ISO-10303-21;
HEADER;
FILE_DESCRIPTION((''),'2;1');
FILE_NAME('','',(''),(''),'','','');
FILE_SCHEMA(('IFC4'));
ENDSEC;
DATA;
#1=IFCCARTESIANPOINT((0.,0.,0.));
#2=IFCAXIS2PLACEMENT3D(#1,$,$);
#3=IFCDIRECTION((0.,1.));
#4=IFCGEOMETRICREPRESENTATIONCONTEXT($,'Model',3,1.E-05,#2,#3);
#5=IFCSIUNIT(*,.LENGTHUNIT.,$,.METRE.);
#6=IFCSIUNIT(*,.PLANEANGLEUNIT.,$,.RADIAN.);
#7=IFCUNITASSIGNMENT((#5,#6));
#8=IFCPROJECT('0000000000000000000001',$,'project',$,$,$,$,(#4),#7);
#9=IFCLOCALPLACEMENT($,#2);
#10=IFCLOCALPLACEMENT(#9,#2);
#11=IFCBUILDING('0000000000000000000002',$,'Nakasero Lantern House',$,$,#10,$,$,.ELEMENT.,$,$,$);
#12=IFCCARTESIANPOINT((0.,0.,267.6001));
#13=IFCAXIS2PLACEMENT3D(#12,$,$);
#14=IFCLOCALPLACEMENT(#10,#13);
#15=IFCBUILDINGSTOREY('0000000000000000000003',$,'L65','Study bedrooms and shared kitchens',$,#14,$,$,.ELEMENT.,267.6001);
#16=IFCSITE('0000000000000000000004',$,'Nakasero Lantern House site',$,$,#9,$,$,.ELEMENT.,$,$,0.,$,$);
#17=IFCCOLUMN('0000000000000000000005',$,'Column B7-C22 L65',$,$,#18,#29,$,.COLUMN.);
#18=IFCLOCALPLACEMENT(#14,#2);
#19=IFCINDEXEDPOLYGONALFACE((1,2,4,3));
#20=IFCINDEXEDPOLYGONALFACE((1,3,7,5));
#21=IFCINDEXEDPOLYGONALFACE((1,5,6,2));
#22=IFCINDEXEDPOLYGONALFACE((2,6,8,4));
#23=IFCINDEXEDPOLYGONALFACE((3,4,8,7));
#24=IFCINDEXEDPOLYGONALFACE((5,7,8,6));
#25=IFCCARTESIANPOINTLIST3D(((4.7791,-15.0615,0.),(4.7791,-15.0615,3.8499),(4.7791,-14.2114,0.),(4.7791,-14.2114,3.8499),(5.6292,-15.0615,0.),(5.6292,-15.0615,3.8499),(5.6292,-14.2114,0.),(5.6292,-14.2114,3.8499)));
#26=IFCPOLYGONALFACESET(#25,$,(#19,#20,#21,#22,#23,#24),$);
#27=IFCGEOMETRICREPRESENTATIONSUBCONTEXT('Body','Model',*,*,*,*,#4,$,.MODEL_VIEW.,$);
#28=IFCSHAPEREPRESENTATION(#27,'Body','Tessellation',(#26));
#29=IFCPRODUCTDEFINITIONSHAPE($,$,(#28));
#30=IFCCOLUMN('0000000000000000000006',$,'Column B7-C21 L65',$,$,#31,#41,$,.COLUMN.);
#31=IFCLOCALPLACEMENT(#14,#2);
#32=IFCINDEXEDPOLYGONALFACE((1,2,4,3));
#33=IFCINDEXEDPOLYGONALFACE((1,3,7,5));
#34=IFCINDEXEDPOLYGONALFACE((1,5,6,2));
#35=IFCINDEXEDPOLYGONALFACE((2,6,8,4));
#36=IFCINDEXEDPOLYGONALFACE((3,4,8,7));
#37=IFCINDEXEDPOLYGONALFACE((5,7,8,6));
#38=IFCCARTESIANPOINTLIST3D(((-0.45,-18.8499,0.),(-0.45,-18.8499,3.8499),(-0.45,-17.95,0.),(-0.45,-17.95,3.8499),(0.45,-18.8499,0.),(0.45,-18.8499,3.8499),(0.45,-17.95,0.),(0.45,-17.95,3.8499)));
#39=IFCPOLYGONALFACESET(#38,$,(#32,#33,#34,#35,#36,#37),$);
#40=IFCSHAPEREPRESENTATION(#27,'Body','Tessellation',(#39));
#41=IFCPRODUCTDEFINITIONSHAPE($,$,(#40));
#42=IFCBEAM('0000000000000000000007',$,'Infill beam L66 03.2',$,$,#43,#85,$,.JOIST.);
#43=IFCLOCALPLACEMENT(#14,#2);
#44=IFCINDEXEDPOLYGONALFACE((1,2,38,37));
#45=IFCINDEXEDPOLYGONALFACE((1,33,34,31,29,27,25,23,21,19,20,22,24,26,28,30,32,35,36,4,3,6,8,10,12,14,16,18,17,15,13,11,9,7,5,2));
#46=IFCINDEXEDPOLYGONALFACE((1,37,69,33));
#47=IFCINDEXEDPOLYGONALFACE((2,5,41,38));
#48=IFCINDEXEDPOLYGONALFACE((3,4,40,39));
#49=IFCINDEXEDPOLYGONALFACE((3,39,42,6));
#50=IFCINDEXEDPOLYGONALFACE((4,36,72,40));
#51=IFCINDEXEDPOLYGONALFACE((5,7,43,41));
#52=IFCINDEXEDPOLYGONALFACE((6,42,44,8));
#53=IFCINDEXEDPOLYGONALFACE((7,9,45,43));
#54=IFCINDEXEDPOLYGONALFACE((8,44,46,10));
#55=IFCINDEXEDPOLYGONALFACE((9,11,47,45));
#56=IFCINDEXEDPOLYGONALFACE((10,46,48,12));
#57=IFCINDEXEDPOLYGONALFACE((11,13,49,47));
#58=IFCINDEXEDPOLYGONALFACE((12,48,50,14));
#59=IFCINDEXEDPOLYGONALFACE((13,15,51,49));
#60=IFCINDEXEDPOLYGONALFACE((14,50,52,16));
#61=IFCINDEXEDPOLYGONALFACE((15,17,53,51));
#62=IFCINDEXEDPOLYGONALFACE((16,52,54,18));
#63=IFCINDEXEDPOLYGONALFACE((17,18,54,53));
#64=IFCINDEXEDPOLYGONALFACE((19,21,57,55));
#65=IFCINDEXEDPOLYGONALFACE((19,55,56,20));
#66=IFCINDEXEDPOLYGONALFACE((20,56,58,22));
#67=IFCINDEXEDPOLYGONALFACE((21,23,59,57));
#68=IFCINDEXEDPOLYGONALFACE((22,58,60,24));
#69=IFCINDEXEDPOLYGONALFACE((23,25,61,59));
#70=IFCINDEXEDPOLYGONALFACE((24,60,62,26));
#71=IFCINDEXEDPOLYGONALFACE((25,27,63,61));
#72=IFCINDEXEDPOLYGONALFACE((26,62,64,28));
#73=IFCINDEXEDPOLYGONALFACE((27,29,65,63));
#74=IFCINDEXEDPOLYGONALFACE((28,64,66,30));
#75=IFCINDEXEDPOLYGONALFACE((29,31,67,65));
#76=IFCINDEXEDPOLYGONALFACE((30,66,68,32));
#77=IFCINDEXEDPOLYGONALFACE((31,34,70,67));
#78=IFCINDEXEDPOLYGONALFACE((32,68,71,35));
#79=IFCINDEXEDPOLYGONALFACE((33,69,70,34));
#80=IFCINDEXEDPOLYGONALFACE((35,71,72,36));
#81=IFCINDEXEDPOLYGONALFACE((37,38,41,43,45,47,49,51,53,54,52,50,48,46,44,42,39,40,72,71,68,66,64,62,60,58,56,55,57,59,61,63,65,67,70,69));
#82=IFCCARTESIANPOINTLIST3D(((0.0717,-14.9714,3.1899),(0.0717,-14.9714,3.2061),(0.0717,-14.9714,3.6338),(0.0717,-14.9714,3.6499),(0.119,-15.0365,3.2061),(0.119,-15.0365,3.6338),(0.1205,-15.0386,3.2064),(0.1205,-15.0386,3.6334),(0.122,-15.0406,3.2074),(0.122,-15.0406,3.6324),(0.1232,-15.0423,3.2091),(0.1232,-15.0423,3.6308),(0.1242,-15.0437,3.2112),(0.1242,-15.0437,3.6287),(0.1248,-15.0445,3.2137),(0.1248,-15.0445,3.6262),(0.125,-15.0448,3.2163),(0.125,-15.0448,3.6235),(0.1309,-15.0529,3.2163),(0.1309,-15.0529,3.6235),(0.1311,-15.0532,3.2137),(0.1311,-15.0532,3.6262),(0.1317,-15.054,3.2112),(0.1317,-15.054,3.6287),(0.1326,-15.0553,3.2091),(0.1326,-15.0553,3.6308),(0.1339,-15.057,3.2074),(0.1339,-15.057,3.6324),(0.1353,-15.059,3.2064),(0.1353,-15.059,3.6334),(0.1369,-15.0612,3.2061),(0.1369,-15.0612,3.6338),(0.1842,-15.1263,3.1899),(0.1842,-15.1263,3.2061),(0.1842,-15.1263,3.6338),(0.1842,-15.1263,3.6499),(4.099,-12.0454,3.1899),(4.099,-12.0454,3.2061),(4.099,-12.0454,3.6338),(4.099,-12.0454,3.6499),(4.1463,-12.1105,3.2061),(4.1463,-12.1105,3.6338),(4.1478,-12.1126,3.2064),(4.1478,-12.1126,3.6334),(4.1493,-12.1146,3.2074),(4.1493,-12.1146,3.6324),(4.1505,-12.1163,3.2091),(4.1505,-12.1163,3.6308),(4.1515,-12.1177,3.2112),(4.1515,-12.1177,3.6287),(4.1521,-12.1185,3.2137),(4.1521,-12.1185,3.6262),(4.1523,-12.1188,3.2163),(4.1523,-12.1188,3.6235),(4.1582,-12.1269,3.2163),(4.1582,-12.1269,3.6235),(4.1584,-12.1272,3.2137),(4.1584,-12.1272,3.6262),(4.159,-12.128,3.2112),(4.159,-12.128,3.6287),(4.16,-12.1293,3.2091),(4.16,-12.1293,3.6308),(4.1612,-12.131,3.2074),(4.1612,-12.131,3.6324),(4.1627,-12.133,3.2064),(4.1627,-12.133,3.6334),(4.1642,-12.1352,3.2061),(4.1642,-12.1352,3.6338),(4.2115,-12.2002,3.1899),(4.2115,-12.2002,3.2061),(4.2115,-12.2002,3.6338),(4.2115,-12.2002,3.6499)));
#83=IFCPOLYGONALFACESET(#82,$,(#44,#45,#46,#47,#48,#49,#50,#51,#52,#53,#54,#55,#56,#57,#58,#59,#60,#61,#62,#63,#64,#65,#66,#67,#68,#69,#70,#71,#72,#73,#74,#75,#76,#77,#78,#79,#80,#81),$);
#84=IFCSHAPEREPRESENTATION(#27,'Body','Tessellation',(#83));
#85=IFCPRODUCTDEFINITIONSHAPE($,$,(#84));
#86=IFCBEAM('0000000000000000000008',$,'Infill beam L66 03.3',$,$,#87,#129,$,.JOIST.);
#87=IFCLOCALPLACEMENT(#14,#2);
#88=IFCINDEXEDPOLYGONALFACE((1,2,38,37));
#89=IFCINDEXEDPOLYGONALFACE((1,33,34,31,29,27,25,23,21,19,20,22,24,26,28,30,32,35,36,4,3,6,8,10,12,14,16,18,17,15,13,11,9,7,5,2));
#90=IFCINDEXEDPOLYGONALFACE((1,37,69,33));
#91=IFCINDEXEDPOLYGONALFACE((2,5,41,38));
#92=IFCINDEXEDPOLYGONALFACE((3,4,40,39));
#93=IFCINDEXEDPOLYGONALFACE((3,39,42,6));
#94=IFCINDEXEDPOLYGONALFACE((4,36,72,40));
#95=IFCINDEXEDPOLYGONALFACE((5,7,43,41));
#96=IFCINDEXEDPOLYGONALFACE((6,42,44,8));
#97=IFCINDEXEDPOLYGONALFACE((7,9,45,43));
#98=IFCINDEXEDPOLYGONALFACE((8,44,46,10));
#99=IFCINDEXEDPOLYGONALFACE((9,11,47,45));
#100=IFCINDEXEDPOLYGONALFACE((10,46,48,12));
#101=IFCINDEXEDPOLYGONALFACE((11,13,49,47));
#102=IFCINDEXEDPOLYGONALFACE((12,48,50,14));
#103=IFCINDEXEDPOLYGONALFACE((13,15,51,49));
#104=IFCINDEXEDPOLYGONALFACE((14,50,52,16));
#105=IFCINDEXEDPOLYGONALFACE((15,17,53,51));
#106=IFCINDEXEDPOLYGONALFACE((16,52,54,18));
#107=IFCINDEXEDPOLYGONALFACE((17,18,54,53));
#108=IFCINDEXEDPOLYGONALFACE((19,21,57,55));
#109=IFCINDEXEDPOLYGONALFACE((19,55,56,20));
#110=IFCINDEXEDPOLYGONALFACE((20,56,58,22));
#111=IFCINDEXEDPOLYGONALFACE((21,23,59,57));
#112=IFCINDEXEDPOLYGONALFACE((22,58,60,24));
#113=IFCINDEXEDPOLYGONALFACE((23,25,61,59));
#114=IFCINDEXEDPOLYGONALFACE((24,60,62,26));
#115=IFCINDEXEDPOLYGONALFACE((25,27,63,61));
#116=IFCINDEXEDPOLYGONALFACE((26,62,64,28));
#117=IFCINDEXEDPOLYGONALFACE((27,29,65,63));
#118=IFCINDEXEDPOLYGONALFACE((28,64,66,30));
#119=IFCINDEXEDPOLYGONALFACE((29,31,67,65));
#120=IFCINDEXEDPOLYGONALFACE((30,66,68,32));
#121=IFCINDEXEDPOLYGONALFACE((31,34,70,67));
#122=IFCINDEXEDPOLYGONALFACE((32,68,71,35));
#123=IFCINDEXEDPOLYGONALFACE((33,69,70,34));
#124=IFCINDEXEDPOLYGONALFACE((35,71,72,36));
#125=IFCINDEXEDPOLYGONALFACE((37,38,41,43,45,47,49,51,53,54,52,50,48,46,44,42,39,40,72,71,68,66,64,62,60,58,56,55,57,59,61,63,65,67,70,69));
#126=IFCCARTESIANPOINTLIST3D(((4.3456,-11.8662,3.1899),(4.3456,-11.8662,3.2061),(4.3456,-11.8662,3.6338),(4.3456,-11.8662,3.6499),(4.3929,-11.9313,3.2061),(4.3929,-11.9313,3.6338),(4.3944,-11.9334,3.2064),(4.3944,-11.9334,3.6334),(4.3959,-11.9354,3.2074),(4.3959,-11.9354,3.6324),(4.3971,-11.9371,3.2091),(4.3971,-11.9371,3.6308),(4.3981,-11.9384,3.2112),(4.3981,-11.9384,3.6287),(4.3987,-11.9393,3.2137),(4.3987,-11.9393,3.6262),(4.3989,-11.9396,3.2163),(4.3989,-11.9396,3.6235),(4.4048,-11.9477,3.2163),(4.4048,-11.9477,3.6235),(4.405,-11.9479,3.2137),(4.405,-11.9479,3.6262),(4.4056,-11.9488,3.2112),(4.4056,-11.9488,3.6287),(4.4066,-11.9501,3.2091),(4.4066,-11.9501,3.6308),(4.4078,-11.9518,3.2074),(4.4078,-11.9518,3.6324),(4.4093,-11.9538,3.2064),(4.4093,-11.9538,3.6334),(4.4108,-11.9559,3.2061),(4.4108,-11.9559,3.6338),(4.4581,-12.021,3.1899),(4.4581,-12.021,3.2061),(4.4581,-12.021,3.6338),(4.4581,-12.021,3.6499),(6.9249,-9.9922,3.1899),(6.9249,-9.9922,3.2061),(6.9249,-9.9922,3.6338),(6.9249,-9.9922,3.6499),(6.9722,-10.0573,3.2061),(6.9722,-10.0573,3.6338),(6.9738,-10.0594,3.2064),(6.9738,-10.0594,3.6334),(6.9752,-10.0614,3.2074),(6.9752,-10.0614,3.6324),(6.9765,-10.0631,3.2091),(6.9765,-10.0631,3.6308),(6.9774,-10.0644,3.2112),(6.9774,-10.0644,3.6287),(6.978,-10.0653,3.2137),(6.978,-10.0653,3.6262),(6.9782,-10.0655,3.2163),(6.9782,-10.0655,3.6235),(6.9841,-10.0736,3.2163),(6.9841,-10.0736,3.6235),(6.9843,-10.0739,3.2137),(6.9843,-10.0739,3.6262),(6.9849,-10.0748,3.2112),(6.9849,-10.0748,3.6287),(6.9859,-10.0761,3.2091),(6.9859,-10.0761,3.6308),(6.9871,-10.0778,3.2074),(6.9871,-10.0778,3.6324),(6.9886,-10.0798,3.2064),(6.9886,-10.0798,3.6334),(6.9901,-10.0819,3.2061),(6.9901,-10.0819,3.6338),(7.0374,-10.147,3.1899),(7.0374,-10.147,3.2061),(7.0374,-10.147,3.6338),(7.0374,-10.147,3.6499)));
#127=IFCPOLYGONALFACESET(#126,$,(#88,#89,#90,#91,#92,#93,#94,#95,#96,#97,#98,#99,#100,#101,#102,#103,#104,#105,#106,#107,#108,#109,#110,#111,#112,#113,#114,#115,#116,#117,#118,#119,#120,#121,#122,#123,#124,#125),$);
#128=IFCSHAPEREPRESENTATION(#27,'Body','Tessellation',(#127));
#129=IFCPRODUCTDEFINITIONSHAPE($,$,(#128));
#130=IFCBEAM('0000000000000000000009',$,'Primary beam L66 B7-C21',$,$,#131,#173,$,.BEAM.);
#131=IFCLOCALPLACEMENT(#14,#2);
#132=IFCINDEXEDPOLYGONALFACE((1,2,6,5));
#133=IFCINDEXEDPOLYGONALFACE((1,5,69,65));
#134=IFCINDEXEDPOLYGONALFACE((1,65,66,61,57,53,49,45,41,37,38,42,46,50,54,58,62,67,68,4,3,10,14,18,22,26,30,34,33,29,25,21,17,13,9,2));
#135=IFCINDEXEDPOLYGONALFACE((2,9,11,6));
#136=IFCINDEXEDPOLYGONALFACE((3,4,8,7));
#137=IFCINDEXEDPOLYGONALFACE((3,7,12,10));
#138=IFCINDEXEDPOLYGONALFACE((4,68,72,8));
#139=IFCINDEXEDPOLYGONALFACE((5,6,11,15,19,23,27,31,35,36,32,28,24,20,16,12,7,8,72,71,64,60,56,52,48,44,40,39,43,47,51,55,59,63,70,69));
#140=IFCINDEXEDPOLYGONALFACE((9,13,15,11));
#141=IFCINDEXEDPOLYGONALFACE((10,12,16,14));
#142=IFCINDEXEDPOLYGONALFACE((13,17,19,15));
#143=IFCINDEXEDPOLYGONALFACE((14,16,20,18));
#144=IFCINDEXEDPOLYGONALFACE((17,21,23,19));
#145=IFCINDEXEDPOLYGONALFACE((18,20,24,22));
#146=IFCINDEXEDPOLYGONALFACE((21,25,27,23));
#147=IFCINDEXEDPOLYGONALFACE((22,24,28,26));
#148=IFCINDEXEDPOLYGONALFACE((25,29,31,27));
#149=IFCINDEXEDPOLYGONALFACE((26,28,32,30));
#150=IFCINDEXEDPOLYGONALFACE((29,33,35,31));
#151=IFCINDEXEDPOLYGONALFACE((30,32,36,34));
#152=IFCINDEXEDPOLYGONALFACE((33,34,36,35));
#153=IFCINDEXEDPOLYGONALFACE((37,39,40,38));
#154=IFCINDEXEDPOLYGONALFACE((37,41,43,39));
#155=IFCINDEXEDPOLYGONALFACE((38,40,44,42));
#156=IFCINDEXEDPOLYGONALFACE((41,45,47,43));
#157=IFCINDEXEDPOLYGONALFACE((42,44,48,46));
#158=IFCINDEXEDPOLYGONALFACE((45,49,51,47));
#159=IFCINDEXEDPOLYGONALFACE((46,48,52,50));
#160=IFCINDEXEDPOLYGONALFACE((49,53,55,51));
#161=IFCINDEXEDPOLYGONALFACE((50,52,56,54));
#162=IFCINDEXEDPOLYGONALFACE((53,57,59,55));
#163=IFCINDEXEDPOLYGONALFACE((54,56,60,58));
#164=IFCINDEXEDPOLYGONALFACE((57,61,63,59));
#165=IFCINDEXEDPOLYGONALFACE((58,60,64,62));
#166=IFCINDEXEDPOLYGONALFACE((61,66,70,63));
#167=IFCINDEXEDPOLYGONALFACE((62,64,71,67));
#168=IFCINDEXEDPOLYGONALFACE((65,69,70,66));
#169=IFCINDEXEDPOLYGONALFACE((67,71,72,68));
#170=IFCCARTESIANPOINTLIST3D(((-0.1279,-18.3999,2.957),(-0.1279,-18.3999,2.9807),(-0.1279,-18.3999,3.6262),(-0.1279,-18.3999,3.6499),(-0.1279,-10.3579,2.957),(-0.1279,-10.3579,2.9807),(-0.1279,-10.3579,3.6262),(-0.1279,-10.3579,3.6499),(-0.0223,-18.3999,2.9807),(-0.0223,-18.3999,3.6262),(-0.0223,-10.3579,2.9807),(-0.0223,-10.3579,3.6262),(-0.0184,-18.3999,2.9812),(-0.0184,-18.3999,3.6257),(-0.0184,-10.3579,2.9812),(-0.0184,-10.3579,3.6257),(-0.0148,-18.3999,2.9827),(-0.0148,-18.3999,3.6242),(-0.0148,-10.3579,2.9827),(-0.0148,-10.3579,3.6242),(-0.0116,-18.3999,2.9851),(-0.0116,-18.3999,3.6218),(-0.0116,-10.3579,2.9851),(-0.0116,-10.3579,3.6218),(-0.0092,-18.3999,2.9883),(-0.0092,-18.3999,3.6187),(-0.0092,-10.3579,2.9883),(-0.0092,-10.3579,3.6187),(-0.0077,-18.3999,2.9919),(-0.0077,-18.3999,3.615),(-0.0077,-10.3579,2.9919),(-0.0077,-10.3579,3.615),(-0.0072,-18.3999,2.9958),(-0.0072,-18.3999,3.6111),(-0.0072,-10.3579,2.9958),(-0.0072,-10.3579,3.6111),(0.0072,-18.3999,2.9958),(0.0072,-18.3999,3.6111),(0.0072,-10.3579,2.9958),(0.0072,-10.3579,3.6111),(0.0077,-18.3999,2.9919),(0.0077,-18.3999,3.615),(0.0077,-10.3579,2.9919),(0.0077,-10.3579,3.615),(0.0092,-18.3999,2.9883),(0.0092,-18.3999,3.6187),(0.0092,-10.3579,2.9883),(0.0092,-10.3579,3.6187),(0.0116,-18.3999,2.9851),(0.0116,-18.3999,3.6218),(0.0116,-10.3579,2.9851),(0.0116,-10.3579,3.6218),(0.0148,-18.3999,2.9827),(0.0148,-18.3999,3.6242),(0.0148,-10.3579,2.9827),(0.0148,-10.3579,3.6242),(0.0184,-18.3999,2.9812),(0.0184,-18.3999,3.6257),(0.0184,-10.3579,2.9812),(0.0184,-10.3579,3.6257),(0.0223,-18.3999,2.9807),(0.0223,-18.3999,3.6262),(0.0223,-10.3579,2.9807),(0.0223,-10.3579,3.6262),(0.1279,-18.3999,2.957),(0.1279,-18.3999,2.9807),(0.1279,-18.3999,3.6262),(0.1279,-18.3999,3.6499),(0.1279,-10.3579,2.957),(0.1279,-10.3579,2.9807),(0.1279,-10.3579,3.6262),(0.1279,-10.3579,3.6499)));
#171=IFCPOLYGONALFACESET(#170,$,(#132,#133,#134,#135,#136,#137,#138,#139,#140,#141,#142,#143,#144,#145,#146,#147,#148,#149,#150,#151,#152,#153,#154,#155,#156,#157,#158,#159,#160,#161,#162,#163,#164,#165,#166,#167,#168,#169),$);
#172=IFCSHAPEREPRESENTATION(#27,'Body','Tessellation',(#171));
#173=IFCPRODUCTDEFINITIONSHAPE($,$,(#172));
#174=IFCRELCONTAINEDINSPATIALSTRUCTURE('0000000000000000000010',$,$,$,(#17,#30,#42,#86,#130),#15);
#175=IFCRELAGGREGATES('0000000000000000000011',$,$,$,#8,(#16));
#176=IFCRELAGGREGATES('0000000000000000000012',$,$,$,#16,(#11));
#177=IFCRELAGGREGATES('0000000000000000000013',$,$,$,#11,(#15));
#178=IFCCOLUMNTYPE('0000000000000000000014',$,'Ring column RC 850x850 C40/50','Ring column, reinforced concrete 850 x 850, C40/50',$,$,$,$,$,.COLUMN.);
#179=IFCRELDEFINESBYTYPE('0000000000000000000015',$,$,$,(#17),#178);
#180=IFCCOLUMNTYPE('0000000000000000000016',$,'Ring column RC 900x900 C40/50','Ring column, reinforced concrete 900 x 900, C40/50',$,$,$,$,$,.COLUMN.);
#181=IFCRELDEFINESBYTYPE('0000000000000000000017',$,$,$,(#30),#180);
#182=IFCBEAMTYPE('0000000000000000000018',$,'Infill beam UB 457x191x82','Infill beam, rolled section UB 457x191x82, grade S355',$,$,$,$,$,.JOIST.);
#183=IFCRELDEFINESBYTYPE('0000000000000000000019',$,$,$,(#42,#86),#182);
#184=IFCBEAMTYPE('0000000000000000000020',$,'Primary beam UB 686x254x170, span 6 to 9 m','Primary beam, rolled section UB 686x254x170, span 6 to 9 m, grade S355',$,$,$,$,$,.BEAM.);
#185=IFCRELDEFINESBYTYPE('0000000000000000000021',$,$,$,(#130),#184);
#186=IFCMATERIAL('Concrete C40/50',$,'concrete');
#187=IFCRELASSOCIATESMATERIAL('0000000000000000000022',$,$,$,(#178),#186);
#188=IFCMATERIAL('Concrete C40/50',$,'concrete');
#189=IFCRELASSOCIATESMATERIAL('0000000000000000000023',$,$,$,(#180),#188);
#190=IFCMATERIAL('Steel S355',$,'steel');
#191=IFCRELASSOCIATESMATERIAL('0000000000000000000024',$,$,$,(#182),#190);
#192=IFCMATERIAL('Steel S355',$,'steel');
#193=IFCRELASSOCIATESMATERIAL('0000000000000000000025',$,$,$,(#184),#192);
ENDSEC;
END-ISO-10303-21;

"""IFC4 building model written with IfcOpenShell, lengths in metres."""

from ifc_helpers import new_model, si_unit, direction, frame, origin, origin_2d, place, context, subcontext, project, spatial, rectangle, i_section, extrude, material, material_profile, profile_set, type_object, element, save


model = new_model("IFC4")

# Units and contexts
model_context = context("Model", 3, precision=1e-05, world=origin(), true_north=direction((0.0, 1.0)))
body_context = subcontext(model_context, "Body", "Model", "MODEL_VIEW")
ifc_project = project(units=[si_unit("LENGTHUNIT", "METRE"), si_unit("PLANEANGLEUNIT", "RADIAN")], contexts=[model_context])

# Site, building, storey
site_placement = place(None, origin())
site = spatial("IfcSite", under=ifc_project, at=site_placement, Name="Nakasero Lantern House site", CompositionType="ELEMENT", RefElevation=0.0)
building_placement = place(site_placement, origin())
building = spatial("IfcBuilding", under=site, at=building_placement, Name="Nakasero Lantern House", CompositionType="ELEMENT")
storey_placement = place(building_placement, frame((0.0, 0.0, 267.6001)))
storey = spatial("IfcBuildingStorey", under=building, at=storey_placement, Name="L65", Description="Study bedrooms and shared kitchens", CompositionType="ELEMENT", Elevation=267.6001)

# Columns
ifc_material_1 = material(Name="Concrete C40/50", Category="concrete")
ifc_material_profile_1 = material_profile(ifc_material_1, rectangle(XDim=0.8501, YDim=0.8501, at=origin_2d()), Name="RC 850x850")
ifc_profile_set_1 = profile_set([ifc_material_profile_1], Name="Concrete C40/50")
column_type_1 = type_object("IfcColumnType", Name="Ring column RC 850x850 C40/50", Description="Ring column, reinforced concrete 850 x 850, C40/50", PredefinedType="COLUMN", material=ifc_profile_set_1)
column_1_placement = place(storey_placement, frame((5.2041, -14.6365, 0.0), z_axis=(0.0, 0.0, 1.0), x_axis=(1.0, 0.0, 0.0)))
element("IfcColumn", 1, at=column_1_placement, inside=storey, type_object=column_type_1, Name="Column B7-C22 L65", PredefinedType="COLUMN", context=body_context, shape_type="SweptSolid", body=[
    extrude(rectangle(XDim=0.8501, YDim=0.8501, at=origin_2d()), origin(), (0.0, 0.0, 1.0), 3.8499),
])
ifc_material_2 = material(Name="Concrete C40/50", Category="concrete")
ifc_material_profile_2 = material_profile(ifc_material_2, rectangle(XDim=0.8999, YDim=0.8999, at=origin_2d()), Name="RC 900x900")
ifc_profile_set_2 = profile_set([ifc_material_profile_2], Name="Concrete C40/50")
column_type_2 = type_object("IfcColumnType", Name="Ring column RC 900x900 C40/50", Description="Ring column, reinforced concrete 900 x 900, C40/50", PredefinedType="COLUMN", material=ifc_profile_set_2)
column_2_placement = place(storey_placement, frame((0.0, -18.3999, 0.0), z_axis=(0.0, 0.0, 1.0), x_axis=(1.0, 0.0, 0.0)))
element("IfcColumn", 2, at=column_2_placement, inside=storey, type_object=column_type_2, Name="Column B7-C21 L65", PredefinedType="COLUMN", context=body_context, shape_type="SweptSolid", body=[
    extrude(rectangle(XDim=0.8999, YDim=0.8999, at=origin_2d()), origin(), (0.0, 0.0, 1.0), 3.8499),
])

# Beams
ifc_material_3 = material(Name="Steel S355", Category="steel")
ifc_material_profile_3 = material_profile(ifc_material_3, i_section(OverallWidth=0.1914, OverallDepth=0.46, WebThickness=0.01, FlangeThickness=0.0161, FilletRadius=0.0103, at=origin_2d()), Name="UB 457x191x82")
ifc_profile_set_3 = profile_set([ifc_material_profile_3], Name="Steel S355")
beam_type_1 = type_object("IfcBeamType", Name="Infill beam UB 457x191x82", Description="Infill beam, rolled section UB 457x191x82, grade S355", PredefinedType="JOIST", material=ifc_profile_set_3)
beam_1_placement = place(storey_placement, frame((0.1279, -15.0488, 3.4199), z_axis=(0.809018, 0.587784, 0.0), x_axis=(-0.587784, 0.809018, 0.0)))
element("IfcBeam", 3, at=beam_1_placement, inside=storey, type_object=beam_type_1, Name="Infill beam L66 03.2", PredefinedType="JOIST", context=body_context, shape_type="SweptSolid", body=[
    extrude(i_section(OverallWidth=0.1914, OverallDepth=0.46, WebThickness=0.01, FlangeThickness=0.0161, FilletRadius=0.0103, at=origin_2d()), origin(), (0.0, 0.0, 1.0), 4.978),
])
beam_2_placement = place(storey_placement, frame((4.4019, -11.9436, 3.4199), z_axis=(0.809014, 0.587789, 0.0), x_axis=(-0.587789, 0.809014, 0.0)))
element("IfcBeam", 4, at=beam_2_placement, inside=storey, type_object=beam_type_1, Name="Infill beam L66 03.3", PredefinedType="JOIST", context=body_context, shape_type="SweptSolid", body=[
    extrude(i_section(OverallWidth=0.1914, OverallDepth=0.46, WebThickness=0.01, FlangeThickness=0.0161, FilletRadius=0.0103, at=origin_2d()), origin(), (0.0, 0.0, 1.0), 3.1882),
])
ifc_material_4 = material(Name="Steel S355", Category="steel")
ifc_material_profile_4 = material_profile(ifc_material_4, i_section(OverallWidth=0.2559, OverallDepth=0.6929, WebThickness=0.0144, FlangeThickness=0.0237, FilletRadius=0.0151, at=origin_2d()), Name="UB 686x254x170")
ifc_profile_set_4 = profile_set([ifc_material_profile_4], Name="Steel S355")
beam_type_2 = type_object("IfcBeamType", Name="Primary beam UB 686x254x170, span 6 to 9 m", Description="Primary beam, rolled section UB 686x254x170, span 6 to 9 m, grade S355", PredefinedType="BEAM", material=ifc_profile_set_4)
beam_3_placement = place(storey_placement, frame((0.0, -18.3999, 3.3035), z_axis=(0.0, 1.0, 0.0), x_axis=(-1.0, 0.0, 0.0)))
element("IfcBeam", 5, at=beam_3_placement, inside=storey, type_object=beam_type_2, Name="Primary beam L66 B7-C21", PredefinedType="BEAM", context=body_context, shape_type="SweptSolid", body=[
    extrude(i_section(OverallWidth=0.2559, OverallDepth=0.6929, WebThickness=0.0144, FlangeThickness=0.0237, FilletRadius=0.0151, at=origin_2d()), origin(), (0.0, 0.0, 1.0), 8.042),
])

save(model, "model.ifc")
